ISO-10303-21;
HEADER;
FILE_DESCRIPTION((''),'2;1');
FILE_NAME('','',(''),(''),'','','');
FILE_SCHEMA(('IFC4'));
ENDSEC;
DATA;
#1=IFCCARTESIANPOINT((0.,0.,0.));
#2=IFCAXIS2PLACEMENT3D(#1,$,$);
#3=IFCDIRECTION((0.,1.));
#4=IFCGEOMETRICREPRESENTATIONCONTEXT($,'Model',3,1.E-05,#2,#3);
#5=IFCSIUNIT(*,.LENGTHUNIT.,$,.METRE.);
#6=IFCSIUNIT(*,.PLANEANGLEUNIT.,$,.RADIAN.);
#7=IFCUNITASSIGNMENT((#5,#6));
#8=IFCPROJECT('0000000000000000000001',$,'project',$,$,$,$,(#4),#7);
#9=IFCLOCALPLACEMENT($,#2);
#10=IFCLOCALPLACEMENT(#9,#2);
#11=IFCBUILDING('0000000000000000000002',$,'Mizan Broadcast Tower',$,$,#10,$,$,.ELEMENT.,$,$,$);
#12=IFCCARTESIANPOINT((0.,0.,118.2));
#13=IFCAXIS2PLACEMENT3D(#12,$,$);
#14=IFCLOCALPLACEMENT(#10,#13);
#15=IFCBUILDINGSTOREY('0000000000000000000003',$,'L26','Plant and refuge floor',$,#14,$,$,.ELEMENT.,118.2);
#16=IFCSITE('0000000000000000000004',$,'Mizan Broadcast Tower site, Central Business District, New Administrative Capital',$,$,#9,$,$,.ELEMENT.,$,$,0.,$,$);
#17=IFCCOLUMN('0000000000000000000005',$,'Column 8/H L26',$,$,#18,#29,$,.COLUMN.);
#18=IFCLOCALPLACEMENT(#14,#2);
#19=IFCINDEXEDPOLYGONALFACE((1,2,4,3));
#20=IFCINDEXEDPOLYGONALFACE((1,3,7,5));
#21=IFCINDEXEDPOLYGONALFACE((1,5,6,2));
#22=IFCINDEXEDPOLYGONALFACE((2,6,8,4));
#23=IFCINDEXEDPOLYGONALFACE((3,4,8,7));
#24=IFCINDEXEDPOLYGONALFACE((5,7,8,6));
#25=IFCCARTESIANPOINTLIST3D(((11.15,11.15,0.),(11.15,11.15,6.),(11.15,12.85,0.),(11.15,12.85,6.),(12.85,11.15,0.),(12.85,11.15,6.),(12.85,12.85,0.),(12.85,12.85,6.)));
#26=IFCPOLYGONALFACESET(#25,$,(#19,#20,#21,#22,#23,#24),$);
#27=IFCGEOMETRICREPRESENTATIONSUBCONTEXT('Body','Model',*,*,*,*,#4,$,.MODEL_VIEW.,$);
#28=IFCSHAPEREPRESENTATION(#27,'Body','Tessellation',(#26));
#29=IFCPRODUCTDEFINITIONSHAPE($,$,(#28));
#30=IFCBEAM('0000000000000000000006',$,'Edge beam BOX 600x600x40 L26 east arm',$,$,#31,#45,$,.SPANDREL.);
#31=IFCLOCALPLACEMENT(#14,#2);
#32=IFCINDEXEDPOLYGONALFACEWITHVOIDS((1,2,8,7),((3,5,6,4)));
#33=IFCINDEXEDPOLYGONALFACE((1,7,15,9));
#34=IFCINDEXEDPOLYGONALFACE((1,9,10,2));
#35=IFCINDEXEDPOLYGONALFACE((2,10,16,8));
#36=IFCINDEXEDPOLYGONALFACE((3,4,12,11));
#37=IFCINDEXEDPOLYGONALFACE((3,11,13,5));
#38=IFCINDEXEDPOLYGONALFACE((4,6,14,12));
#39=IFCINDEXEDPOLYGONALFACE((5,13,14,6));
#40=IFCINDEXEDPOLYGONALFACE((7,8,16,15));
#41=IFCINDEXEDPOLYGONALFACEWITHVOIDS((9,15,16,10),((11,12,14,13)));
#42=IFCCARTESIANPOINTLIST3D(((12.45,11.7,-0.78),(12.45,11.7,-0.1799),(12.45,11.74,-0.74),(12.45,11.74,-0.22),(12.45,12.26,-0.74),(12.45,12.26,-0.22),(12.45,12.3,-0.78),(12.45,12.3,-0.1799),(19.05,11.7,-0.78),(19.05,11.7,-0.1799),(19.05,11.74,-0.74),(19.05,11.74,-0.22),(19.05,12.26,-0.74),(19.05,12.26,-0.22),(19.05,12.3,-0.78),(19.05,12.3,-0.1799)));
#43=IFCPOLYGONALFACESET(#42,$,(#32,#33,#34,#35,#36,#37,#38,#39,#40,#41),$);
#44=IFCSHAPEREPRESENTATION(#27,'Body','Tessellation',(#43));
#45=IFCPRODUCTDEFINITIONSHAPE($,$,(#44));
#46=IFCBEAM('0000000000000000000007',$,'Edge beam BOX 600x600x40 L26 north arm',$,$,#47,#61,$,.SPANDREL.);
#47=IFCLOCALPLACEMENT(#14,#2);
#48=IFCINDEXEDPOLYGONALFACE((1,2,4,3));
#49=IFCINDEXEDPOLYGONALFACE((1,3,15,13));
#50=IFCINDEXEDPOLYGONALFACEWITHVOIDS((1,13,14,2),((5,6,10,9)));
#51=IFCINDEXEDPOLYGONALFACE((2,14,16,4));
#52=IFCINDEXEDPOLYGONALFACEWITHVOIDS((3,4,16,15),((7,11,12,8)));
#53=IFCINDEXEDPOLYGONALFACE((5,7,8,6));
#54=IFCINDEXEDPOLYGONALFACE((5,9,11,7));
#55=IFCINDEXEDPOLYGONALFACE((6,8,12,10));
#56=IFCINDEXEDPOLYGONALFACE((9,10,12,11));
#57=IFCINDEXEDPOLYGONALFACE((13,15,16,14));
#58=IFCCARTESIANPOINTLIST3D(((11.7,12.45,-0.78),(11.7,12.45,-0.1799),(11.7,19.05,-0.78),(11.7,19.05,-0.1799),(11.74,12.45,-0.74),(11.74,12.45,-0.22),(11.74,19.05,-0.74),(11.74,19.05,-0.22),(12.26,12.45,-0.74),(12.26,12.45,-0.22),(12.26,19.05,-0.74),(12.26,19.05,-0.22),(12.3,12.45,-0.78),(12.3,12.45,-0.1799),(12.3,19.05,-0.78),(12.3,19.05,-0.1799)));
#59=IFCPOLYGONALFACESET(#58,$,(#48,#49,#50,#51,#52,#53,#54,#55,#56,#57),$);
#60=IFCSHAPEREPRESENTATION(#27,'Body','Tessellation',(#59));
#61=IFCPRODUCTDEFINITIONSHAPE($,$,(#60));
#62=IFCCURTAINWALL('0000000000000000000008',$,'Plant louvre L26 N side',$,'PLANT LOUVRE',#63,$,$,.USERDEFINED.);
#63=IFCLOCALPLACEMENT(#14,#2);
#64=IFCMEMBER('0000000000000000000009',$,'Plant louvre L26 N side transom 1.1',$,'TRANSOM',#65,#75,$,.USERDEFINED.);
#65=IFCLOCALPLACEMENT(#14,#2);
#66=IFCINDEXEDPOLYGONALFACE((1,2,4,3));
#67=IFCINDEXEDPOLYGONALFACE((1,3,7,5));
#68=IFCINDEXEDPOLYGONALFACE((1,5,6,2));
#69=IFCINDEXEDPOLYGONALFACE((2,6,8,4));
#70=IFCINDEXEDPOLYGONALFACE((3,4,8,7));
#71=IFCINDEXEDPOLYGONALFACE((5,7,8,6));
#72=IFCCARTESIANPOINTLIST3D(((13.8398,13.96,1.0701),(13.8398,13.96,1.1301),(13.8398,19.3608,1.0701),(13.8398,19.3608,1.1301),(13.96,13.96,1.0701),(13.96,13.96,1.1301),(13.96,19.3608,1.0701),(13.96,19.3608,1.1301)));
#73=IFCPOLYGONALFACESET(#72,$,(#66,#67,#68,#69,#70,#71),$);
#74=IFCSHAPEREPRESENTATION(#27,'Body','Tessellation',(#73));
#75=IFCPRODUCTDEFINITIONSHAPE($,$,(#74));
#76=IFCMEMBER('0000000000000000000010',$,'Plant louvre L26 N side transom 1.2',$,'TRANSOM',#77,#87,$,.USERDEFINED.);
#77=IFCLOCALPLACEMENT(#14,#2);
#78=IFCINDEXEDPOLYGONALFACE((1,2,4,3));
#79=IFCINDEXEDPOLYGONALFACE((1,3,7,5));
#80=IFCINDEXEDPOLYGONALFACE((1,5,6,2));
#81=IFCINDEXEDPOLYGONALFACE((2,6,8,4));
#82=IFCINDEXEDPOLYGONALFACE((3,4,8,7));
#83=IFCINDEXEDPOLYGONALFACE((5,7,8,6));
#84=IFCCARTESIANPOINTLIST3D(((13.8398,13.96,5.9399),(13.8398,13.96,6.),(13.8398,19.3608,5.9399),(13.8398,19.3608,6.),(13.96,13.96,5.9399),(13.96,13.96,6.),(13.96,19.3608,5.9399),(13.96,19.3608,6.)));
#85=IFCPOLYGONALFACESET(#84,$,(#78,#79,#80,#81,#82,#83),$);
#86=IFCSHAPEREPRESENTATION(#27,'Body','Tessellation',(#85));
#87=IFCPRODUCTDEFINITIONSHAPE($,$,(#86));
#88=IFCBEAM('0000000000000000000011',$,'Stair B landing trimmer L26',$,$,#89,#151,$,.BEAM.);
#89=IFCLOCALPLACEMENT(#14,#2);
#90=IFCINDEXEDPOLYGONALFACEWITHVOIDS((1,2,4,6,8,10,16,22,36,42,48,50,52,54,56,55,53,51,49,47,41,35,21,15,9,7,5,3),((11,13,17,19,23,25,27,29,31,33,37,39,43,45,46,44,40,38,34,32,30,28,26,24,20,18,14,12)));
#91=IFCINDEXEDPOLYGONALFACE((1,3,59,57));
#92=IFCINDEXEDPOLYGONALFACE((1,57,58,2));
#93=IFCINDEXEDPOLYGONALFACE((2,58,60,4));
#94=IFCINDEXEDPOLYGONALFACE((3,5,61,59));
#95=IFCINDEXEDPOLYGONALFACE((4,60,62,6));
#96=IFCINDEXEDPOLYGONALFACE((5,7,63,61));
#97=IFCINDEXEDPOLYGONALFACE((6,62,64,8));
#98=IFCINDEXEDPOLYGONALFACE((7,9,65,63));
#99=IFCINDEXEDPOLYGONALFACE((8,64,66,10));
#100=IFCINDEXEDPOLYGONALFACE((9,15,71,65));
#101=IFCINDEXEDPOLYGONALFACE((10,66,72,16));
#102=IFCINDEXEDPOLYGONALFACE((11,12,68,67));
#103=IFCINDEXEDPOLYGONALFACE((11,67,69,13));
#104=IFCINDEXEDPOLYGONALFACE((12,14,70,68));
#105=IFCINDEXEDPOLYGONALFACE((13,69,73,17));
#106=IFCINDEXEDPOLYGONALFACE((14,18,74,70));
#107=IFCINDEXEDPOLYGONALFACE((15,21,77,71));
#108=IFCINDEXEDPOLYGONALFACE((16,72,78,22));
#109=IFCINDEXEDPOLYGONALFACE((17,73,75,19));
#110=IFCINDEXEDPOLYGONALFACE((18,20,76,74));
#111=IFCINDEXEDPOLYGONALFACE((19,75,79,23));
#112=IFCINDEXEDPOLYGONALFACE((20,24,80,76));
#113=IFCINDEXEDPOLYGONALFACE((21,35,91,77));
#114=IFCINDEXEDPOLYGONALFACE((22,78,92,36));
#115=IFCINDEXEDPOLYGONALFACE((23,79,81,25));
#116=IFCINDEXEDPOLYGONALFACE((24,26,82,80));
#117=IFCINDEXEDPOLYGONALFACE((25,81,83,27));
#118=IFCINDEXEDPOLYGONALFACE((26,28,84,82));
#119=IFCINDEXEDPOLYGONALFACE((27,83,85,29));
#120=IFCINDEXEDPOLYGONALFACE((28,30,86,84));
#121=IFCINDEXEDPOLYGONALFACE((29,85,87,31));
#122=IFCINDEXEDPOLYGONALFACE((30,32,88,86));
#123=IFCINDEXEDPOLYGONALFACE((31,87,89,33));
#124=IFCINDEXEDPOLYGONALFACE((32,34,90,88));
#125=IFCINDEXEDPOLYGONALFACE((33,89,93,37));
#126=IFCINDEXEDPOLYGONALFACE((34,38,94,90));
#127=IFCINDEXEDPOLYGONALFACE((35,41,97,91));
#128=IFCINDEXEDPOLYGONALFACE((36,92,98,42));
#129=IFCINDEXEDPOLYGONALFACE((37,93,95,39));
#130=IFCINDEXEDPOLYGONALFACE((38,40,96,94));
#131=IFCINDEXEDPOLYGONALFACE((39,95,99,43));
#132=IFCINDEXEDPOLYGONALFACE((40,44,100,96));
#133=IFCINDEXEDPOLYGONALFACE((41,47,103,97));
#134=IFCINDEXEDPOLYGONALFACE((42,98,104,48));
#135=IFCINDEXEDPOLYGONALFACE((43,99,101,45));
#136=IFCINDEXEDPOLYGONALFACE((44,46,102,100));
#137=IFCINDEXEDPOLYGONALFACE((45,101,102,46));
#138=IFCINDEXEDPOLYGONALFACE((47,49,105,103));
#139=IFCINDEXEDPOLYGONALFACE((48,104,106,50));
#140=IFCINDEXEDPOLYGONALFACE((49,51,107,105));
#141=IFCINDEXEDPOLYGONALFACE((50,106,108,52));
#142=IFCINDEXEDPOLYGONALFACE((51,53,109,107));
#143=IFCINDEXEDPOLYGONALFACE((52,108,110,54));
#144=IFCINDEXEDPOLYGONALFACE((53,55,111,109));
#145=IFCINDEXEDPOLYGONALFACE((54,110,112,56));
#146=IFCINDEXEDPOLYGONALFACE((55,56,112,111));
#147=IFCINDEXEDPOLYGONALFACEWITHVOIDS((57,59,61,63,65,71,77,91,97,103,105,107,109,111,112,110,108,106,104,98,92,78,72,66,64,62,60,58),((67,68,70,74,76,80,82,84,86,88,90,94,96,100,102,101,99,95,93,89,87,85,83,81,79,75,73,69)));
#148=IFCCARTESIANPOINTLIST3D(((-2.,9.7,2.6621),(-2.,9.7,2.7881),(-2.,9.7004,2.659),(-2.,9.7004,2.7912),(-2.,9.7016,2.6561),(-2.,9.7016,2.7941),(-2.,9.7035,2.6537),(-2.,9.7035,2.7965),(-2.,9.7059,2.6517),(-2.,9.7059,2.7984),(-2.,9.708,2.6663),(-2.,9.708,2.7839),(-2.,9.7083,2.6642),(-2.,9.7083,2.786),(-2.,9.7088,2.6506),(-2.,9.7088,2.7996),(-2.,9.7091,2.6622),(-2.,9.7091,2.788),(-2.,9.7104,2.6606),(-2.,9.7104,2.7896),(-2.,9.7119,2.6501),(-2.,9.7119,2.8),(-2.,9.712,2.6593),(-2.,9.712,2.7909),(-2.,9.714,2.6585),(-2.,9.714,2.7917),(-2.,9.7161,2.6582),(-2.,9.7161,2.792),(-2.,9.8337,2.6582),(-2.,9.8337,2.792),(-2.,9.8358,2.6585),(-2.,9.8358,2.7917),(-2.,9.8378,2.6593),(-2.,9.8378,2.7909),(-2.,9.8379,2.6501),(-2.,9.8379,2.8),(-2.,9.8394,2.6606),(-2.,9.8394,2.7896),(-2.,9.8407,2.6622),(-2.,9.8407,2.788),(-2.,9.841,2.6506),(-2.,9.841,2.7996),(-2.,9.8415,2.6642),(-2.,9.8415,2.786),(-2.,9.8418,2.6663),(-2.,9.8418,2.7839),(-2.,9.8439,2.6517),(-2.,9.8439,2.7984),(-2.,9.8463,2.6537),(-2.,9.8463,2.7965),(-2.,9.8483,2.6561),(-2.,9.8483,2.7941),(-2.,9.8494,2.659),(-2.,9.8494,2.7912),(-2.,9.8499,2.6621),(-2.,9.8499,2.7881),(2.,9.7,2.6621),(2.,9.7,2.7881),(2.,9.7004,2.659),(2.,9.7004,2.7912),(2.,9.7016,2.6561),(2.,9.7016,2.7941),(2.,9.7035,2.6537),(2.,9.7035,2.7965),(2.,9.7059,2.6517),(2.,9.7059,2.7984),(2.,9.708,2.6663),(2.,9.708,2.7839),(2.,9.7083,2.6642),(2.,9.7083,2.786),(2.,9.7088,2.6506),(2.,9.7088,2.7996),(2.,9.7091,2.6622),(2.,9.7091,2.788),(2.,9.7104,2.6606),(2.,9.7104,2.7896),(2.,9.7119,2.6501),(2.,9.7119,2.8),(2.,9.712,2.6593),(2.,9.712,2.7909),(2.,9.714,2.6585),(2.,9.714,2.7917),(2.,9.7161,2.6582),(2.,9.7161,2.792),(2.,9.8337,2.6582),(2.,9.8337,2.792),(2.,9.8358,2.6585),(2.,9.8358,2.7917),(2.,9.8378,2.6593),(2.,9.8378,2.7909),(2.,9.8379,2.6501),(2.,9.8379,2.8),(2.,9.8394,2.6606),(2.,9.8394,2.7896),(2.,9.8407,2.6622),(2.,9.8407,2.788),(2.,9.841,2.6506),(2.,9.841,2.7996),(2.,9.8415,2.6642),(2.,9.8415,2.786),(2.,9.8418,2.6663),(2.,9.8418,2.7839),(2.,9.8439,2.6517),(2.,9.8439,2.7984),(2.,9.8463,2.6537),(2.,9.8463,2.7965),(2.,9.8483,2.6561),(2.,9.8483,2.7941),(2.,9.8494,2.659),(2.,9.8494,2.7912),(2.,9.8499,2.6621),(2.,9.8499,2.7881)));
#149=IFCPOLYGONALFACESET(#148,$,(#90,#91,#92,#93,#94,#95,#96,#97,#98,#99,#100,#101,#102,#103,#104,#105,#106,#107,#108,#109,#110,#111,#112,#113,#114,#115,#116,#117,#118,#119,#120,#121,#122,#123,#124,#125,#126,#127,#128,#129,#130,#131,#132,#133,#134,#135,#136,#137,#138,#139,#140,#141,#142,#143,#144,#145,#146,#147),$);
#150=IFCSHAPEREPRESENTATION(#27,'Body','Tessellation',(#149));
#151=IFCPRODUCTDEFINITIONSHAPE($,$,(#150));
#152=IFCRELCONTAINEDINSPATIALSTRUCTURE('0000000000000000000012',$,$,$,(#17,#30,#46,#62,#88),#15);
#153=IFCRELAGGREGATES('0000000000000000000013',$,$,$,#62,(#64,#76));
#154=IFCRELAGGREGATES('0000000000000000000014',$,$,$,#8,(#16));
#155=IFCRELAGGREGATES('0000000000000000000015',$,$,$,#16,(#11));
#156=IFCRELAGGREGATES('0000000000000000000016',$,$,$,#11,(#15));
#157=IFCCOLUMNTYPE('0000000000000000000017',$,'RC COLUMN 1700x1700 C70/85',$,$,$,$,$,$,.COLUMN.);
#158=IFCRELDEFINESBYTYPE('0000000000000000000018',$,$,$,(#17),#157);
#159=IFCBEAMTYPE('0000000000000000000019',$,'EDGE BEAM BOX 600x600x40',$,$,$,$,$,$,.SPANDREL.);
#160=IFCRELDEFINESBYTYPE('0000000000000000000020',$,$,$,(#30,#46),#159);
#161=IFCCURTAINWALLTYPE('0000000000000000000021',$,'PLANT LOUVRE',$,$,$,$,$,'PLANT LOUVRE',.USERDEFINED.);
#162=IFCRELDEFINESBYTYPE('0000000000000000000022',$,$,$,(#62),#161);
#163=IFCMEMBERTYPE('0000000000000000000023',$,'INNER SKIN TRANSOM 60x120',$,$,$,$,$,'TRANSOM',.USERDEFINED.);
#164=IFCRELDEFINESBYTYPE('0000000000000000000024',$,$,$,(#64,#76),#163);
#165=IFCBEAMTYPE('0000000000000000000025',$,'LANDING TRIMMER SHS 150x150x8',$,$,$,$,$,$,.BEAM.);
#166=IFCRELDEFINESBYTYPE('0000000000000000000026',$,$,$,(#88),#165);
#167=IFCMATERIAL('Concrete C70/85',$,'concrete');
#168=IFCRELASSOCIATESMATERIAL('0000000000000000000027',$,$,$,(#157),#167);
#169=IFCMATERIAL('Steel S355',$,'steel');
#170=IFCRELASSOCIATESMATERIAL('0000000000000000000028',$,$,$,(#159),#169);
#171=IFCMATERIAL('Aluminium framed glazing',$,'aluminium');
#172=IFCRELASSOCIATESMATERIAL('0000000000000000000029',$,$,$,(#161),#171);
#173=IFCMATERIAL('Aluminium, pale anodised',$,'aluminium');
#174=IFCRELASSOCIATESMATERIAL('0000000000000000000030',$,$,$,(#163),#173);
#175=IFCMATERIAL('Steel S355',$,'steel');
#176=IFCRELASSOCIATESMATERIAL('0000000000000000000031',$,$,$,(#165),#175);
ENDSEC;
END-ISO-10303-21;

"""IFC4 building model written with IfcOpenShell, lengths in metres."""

from ifc_helpers import new_model, si_unit, direction, frame, origin, origin_2d, place, context, subcontext, project, spatial, rectangle, hollow_rectangle, extrude, material, material_profile, profile_set, type_object, element, aggregate, save


model = new_model("IFC4")

# Units and contexts
model_context = context("Model", 3, precision=1e-05, world=origin(), true_north=direction((0.0, 1.0)))
body_context = subcontext(model_context, "Body", "Model", "MODEL_VIEW")
ifc_project = project(units=[si_unit("LENGTHUNIT", "METRE"), si_unit("PLANEANGLEUNIT", "RADIAN")], contexts=[model_context])

# Site, building, storey
site_placement = place(None, origin())
site = spatial("IfcSite", under=ifc_project, at=site_placement, Name="Mizan Broadcast Tower site, Central Business District, New Administrative Capital", CompositionType="ELEMENT", RefElevation=0.0)
building_placement = place(site_placement, origin())
building = spatial("IfcBuilding", under=site, at=building_placement, Name="Mizan Broadcast Tower", CompositionType="ELEMENT")
storey_placement = place(building_placement, frame((0.0, 0.0, 118.2)))
storey = spatial("IfcBuildingStorey", under=building, at=storey_placement, Name="L26", Description="Plant and refuge floor", CompositionType="ELEMENT", Elevation=118.2)

# Column
ifc_material_1 = material(Name="Concrete C70/85", Category="concrete")
ifc_material_profile_1 = material_profile(ifc_material_1, rectangle(XDim=1.7, YDim=1.7, at=origin_2d()), Name="RC 1700x1700")
ifc_profile_set_1 = profile_set([ifc_material_profile_1], Name="Concrete C70/85")
column_type = type_object("IfcColumnType", Name="RC COLUMN 1700x1700 C70/85", PredefinedType="COLUMN", material=ifc_profile_set_1)
column_placement = place(storey_placement, frame((12.0, 12.0, 0.0), z_axis=(0.0, 0.0, 1.0), x_axis=(1.0, 0.0, 0.0)))
element("IfcColumn", 1, at=column_placement, inside=storey, type_object=column_type, Name="Column 8/H L26", PredefinedType="COLUMN", context=body_context, shape_type="SweptSolid", body=[
    extrude(rectangle(XDim=1.7, YDim=1.7, at=origin_2d()), origin(), (0.0, 0.0, 1.0), 6.0),
])

# Beams
ifc_material_2 = material(Name="Steel S355", Category="steel")
ifc_material_profile_2 = material_profile(ifc_material_2, hollow_rectangle(XDim=0.6001, YDim=0.6001, WallThickness=0.04, at=origin_2d()), Name="BOX 600x600x40")
ifc_profile_set_2 = profile_set([ifc_material_profile_2], Name="Steel S355")
beam_type_1 = type_object("IfcBeamType", Name="EDGE BEAM BOX 600x600x40", PredefinedType="SPANDREL", material=ifc_profile_set_2)
for number, where, z_axis, x_axis, name in (
    (2, (12.45, 12.0, -0.48), (1.0, 0.0, 0.0), (0.0, 1.0, 0.0), "Edge beam BOX 600x600x40 L26 east arm"),
    (3, (12.0, 12.45, -0.48), (0.0, 1.0, 0.0), (-1.0, 0.0, 0.0), "Edge beam BOX 600x600x40 L26 north arm"),
):
    element("IfcBeam", number, at=place(storey_placement, frame(where, z_axis=z_axis, x_axis=x_axis)), inside=storey, type_object=beam_type_1, Name=name, PredefinedType="SPANDREL", context=body_context, shape_type="SweptSolid", body=[
        extrude(hollow_rectangle(XDim=0.6001, YDim=0.6001, WallThickness=0.04, at=origin_2d()), origin(), (0.0, 0.0, 1.0), 6.6001),
    ])

# Curtain wall, members
ifc_material_3 = material(Name="Aluminium framed glazing", Category="aluminium")
curtain_wall_type = type_object("IfcCurtainWallType", Name="PLANT LOUVRE", ElementType="PLANT LOUVRE", PredefinedType="USERDEFINED", material=ifc_material_3)
curtain_wall_placement = place(storey_placement, origin())
curtain_wall = element("IfcCurtainWall", 4, at=curtain_wall_placement, inside=storey, type_object=curtain_wall_type, Name="Plant louvre L26 N side", ObjectType="PLANT LOUVRE", PredefinedType="USERDEFINED")
ifc_material_4 = material(Name="Aluminium, pale anodised", Category="aluminium")
ifc_material_profile_3 = material_profile(ifc_material_4, rectangle(XDim=0.1201, YDim=0.0601, at=origin_2d()), Name="TRANSOM 120x60")
ifc_profile_set_3 = profile_set([ifc_material_profile_3], Name="Aluminium, pale anodised")
member_type = type_object("IfcMemberType", Name="INNER SKIN TRANSOM 60x120", ElementType="TRANSOM", PredefinedType="USERDEFINED", material=ifc_profile_set_3)
member_1_placement = place(storey_placement, frame((13.8999, 13.96, 1.1001), z_axis=(0.0, 1.0, 0.0), x_axis=(-1.0, 0.0, 0.0)))
member_1 = element("IfcMember", 5, at=member_1_placement, type_object=member_type, Name="Plant louvre L26 N side transom 1.1", ObjectType="TRANSOM", PredefinedType="USERDEFINED", context=body_context, shape_type="SweptSolid", body=[
    extrude(rectangle(XDim=0.1201, YDim=0.0601, at=origin_2d()), origin(), (0.0, 0.0, 1.0), 5.4009),
])
member_2_placement = place(storey_placement, frame((13.8999, 13.96, 5.97), z_axis=(0.0, 1.0, 0.0), x_axis=(-1.0, 0.0, 0.0)))
member_2 = element("IfcMember", 6, at=member_2_placement, type_object=member_type, Name="Plant louvre L26 N side transom 1.2", ObjectType="TRANSOM", PredefinedType="USERDEFINED", context=body_context, shape_type="SweptSolid", body=[
    extrude(rectangle(XDim=0.1201, YDim=0.0601, at=origin_2d()), origin(), (0.0, 0.0, 1.0), 5.4009),
])

# Beam
ifc_material_5 = material(Name="Steel S355", Category="steel")
ifc_material_profile_4 = material_profile(ifc_material_5, hollow_rectangle(XDim=0.1499, YDim=0.1499, WallThickness=0.0081, InnerFilletRadius=0.0081, OuterFilletRadius=0.012, at=origin_2d()), Name="SHS 150x150x8")
ifc_profile_set_4 = profile_set([ifc_material_profile_4], Name="Steel S355")
beam_type_2 = type_object("IfcBeamType", Name="LANDING TRIMMER SHS 150x150x8", PredefinedType="BEAM", material=ifc_profile_set_4)
beam_placement = place(storey_placement, frame((2.0, 9.7749, 2.7251), z_axis=(-1.0, 0.0, 0.0), x_axis=(0.0, -1.0, 0.0)))
element("IfcBeam", 7, at=beam_placement, inside=storey, type_object=beam_type_2, Name="Stair B landing trimmer L26", PredefinedType="BEAM", context=body_context, shape_type="SweptSolid", body=[
    extrude(hollow_rectangle(XDim=0.1499, YDim=0.1499, WallThickness=0.0081, InnerFilletRadius=0.0081, OuterFilletRadius=0.012, at=origin_2d()), origin(), (0.0, 0.0, 1.0), 4.0),
])

aggregate(curtain_wall, [member_1, member_2])

save(model, "model.ifc")
